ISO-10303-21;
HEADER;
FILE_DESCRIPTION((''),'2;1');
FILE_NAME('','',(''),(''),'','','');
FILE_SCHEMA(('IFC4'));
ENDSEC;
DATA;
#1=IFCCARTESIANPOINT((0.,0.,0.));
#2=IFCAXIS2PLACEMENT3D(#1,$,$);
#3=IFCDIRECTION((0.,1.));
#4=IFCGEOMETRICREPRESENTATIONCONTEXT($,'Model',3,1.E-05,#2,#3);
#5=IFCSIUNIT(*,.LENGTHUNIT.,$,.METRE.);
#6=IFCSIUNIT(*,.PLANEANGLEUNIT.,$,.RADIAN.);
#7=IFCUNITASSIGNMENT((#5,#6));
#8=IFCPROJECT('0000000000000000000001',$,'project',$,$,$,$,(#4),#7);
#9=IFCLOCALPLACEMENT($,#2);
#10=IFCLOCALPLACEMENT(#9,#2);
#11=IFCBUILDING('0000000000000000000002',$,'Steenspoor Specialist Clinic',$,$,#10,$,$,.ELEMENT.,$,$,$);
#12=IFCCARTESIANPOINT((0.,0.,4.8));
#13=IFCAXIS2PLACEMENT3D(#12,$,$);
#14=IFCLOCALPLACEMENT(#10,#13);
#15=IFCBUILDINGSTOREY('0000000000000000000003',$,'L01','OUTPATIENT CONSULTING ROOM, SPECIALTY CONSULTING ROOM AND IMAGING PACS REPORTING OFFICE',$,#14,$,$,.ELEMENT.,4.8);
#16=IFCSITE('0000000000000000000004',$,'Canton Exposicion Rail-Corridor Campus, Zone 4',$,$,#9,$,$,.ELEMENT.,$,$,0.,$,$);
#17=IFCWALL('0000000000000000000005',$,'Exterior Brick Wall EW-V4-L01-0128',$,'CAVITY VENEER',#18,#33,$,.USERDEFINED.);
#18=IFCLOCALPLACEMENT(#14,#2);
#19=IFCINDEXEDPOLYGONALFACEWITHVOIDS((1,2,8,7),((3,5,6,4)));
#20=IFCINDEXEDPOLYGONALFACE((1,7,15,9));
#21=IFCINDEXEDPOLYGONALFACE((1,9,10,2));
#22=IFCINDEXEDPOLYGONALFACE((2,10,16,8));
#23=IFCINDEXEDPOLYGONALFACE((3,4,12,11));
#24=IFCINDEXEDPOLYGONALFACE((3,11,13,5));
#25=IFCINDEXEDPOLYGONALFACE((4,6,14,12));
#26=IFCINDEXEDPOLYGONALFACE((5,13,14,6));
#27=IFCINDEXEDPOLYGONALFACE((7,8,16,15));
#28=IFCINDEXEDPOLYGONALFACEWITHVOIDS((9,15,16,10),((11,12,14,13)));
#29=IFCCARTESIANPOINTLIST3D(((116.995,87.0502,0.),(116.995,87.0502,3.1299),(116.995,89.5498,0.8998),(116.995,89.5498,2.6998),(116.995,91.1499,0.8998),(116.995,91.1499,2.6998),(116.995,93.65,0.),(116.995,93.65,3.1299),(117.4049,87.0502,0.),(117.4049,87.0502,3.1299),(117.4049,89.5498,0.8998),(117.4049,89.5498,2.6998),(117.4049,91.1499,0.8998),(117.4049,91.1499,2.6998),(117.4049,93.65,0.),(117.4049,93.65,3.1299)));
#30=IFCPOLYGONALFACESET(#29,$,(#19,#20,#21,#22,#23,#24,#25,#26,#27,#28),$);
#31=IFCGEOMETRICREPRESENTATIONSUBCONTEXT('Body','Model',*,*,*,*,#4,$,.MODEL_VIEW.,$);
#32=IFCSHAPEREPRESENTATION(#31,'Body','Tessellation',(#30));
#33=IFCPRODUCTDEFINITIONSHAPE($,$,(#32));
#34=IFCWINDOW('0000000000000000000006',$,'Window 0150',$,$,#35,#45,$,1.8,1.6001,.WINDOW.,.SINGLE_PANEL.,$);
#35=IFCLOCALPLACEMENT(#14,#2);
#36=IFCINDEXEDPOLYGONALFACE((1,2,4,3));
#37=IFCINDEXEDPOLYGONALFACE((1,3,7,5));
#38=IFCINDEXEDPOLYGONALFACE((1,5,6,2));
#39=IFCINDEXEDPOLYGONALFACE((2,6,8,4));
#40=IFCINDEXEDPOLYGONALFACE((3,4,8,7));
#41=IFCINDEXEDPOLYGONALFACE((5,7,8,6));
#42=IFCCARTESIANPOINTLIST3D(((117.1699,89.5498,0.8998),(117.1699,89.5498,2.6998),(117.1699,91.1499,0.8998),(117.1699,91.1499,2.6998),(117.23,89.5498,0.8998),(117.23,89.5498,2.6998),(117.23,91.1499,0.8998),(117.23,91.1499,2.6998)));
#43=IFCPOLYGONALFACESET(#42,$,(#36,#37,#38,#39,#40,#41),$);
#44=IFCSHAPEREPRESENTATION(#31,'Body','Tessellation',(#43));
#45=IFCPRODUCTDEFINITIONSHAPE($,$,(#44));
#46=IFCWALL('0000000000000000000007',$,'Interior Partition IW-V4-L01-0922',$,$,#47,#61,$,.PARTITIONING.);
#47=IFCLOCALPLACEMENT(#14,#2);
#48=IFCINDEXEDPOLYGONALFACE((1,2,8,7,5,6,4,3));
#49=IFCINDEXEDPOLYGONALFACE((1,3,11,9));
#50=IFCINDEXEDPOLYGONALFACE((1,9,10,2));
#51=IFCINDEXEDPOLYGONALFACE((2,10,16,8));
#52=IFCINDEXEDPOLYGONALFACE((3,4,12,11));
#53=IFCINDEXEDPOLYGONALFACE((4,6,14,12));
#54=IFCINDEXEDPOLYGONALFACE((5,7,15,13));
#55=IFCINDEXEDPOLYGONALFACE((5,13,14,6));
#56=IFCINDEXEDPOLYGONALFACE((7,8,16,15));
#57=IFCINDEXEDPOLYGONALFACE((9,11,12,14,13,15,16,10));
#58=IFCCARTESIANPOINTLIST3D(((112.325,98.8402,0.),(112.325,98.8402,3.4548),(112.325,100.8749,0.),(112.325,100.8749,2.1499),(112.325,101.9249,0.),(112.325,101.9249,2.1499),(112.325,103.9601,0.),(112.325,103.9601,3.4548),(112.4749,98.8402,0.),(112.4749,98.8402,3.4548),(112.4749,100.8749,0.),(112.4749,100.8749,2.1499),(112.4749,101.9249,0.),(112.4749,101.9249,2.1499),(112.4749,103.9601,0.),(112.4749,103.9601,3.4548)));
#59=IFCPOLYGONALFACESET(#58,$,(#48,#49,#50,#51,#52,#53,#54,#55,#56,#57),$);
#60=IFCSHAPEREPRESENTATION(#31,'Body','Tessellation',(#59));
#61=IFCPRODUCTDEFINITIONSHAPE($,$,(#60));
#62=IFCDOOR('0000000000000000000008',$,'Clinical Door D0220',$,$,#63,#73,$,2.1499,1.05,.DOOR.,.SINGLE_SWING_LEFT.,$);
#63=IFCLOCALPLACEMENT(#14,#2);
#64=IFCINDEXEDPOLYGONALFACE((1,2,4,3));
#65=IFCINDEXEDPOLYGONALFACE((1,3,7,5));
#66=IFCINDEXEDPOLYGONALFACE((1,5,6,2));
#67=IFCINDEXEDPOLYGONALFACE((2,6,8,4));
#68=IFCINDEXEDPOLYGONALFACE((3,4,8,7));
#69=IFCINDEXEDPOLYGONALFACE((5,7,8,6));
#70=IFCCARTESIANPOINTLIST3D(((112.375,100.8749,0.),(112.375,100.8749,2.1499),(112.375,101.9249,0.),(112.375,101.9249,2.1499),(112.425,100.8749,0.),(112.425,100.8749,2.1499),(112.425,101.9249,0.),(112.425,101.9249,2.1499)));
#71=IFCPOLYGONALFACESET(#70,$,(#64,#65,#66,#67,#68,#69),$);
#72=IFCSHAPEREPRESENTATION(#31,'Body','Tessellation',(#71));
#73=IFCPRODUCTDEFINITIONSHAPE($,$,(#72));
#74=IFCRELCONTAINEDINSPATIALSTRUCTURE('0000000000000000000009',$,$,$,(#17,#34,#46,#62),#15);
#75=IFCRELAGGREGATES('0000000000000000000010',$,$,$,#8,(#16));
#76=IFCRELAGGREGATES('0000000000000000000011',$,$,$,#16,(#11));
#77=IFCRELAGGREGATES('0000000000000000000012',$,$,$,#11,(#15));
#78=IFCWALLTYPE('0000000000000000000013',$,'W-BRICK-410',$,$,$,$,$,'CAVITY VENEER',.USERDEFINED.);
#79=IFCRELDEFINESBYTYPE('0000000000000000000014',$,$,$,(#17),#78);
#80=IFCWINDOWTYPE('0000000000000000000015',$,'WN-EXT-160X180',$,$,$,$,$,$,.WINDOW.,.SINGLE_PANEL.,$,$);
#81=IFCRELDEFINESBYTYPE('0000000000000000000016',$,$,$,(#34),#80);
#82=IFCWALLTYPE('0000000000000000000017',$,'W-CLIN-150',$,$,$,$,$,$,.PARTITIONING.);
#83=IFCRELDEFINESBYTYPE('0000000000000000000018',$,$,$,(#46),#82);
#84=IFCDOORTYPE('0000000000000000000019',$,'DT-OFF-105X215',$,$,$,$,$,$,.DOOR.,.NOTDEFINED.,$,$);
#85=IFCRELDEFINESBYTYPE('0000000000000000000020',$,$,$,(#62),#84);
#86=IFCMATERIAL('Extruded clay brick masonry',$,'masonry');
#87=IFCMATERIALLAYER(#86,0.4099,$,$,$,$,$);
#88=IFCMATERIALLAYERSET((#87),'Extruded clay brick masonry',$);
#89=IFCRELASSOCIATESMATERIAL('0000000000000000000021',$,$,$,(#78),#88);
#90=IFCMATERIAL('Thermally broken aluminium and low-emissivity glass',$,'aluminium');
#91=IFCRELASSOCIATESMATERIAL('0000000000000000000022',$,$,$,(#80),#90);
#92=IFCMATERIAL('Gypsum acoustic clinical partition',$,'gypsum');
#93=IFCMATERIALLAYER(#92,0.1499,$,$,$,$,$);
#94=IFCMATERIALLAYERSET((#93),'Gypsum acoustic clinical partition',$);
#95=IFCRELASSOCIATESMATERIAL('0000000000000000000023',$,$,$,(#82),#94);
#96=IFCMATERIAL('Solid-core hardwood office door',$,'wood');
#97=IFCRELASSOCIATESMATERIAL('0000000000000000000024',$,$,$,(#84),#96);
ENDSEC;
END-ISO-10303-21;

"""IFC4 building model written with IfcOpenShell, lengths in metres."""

from ifc_helpers import new_model, si_unit, direction, frame, frame_2d, origin, place, context, subcontext, project, spatial, rectangle, extrude, material, layer, layer_set, type_object, element, fill, save


model = new_model("IFC4")

# Units and contexts
model_context = context("Model", 3, precision=1e-05, world=origin(), true_north=direction((0.0, 1.0)))
body_context = subcontext(model_context, "Body", "Model", "MODEL_VIEW")
ifc_project = project(units=[si_unit("LENGTHUNIT", "METRE"), si_unit("PLANEANGLEUNIT", "RADIAN")], contexts=[model_context])

# Site, building, storey
site_placement = place(None, origin())
site = spatial("IfcSite", under=ifc_project, at=site_placement, Name="Canton Exposicion Rail-Corridor Campus, Zone 4", CompositionType="ELEMENT", RefElevation=0.0)
building_placement = place(site_placement, origin())
building = spatial("IfcBuilding", under=site, at=building_placement, Name="Steenspoor Specialist Clinic", CompositionType="ELEMENT")
storey_placement = place(building_placement, frame((0.0, 0.0, 4.8)))
storey = spatial("IfcBuildingStorey", under=building, at=storey_placement, Name="L01", Description="OUTPATIENT CONSULTING ROOM, SPECIALTY CONSULTING ROOM AND IMAGING PACS REPORTING OFFICE", CompositionType="ELEMENT", Elevation=4.8)

# Shared definitions
ifc_material_1 = material(Name="Thermally broken aluminium and low-emissivity glass", Category="aluminium")

# Wall, opening, window
ifc_material_2 = material(Name="Extruded clay brick masonry", Category="masonry")
ifc_layer_1 = layer(ifc_material_2, 0.4099)
ifc_layer_set_1 = layer_set([ifc_layer_1], Name="Extruded clay brick masonry")
wall_type_1 = type_object("IfcWallType", Name="W-BRICK-410", ElementType="CAVITY VENEER", PredefinedType="USERDEFINED", material=ifc_layer_set_1)
wall_1_placement = place(storey_placement, frame((117.2, 93.6499, 0.0), z_axis=(0.0, 0.0, 1.0), x_axis=(0.0, -1.0, 0.0)))
wall_1 = element("IfcWall", 1, at=wall_1_placement, inside=storey, type_object=wall_type_1, Name="Exterior Brick Wall EW-V4-L01-0128", ObjectType="CAVITY VENEER", PredefinedType="USERDEFINED", context=body_context, shape_type="SweptSolid", body=[
    extrude(rectangle(XDim=6.5999, YDim=0.4099, at=frame_2d((3.2998, 0.0))), origin(), (0.0, 0.0, 1.0), 3.1299),
])
opening_1_placement = place(wall_1_placement, frame((2.5, 0.0, 0.8999)))
opening_1 = element("IfcOpeningElement", 2, at=opening_1_placement, cuts=wall_1, PredefinedType="OPENING", context=body_context, shape_type="SweptSolid", body=[
    extrude(rectangle(XDim=1.6001, YDim=1.8, at=frame_2d((0.8, 0.8999))), frame((0.0, 0.2148, 0.0), z_axis=(0.0, -1.0, 0.0), x_axis=(1.0, 0.0, 0.0)), (0.0, 0.0, 1.0), 0.4299),
])
window_type = type_object("IfcWindowType", Name="WN-EXT-160X180", PartitioningType="SINGLE_PANEL", PredefinedType="WINDOW", material=ifc_material_1)
window_placement = place(opening_1_placement, origin())
window = element("IfcWindow", 3, at=window_placement, inside=storey, type_object=window_type, Name="Window 0150", OverallHeight=1.8, OverallWidth=1.6001, PartitioningType="SINGLE_PANEL", PredefinedType="WINDOW", context=body_context, shape_type="SweptSolid", body=[
    extrude(rectangle(XDim=1.6001, YDim=1.8, at=frame_2d((0.8, 0.8999))), frame((0.0, 0.03, 0.0), z_axis=(0.0, -1.0, 0.0), x_axis=(1.0, 0.0, 0.0)), (0.0, 0.0, 1.0), 0.0601),
])
fill(opening_1, window)

# Wall, opening, door
ifc_material_3 = material(Name="Gypsum acoustic clinical partition", Category="gypsum")
ifc_layer_2 = layer(ifc_material_3, 0.1499)
ifc_layer_set_2 = layer_set([ifc_layer_2], Name="Gypsum acoustic clinical partition")
wall_type_2 = type_object("IfcWallType", Name="W-CLIN-150", PredefinedType="PARTITIONING", material=ifc_layer_set_2)
wall_2_placement = place(storey_placement, frame((112.3999, 98.8401, 0.0), z_axis=(0.0, 0.0, 1.0), x_axis=(0.0, 1.0, 0.0)))
wall_2 = element("IfcWall", 4, at=wall_2_placement, inside=storey, type_object=wall_type_2, Name="Interior Partition IW-V4-L01-0922", PredefinedType="PARTITIONING", context=body_context, shape_type="SweptSolid", body=[
    extrude(rectangle(XDim=5.1199, YDim=0.1499, at=frame_2d((2.5601, 0.0))), origin(), (0.0, 0.0, 1.0), 3.4548),
])
opening_2_placement = place(wall_2_placement, frame((2.0349, 0.0, 0.0)))
opening_2 = element("IfcOpeningElement", 5, at=opening_2_placement, cuts=wall_2, PredefinedType="OPENING", context=body_context, shape_type="SweptSolid", body=[
    extrude(rectangle(XDim=1.05, YDim=2.1499, at=frame_2d((0.5249, 1.075))), frame((0.0, 0.085, 0.0), z_axis=(0.0, -1.0, 0.0), x_axis=(1.0, 0.0, 0.0)), (0.0, 0.0, 1.0), 0.1699),
])
ifc_material_4 = material(Name="Solid-core hardwood office door", Category="wood")
door_type = type_object("IfcDoorType", Name="DT-OFF-105X215", OperationType="NOTDEFINED", PredefinedType="DOOR", material=ifc_material_4)
door_placement = place(opening_2_placement, origin())
door = element("IfcDoor", 6, at=door_placement, inside=storey, type_object=door_type, Name="Clinical Door D0220", OperationType="SINGLE_SWING_LEFT", OverallHeight=2.1499, OverallWidth=1.05, PredefinedType="DOOR", context=body_context, shape_type="SweptSolid", body=[
    extrude(rectangle(XDim=1.05, YDim=2.1499, at=frame_2d((0.5249, 1.075))), frame((0.0, 0.0249, 0.0), z_axis=(0.0, -1.0, 0.0), x_axis=(1.0, 0.0, 0.0)), (0.0, 0.0, 1.0), 0.05),
])
fill(opening_2, door)

save(model, "model.ifc")
